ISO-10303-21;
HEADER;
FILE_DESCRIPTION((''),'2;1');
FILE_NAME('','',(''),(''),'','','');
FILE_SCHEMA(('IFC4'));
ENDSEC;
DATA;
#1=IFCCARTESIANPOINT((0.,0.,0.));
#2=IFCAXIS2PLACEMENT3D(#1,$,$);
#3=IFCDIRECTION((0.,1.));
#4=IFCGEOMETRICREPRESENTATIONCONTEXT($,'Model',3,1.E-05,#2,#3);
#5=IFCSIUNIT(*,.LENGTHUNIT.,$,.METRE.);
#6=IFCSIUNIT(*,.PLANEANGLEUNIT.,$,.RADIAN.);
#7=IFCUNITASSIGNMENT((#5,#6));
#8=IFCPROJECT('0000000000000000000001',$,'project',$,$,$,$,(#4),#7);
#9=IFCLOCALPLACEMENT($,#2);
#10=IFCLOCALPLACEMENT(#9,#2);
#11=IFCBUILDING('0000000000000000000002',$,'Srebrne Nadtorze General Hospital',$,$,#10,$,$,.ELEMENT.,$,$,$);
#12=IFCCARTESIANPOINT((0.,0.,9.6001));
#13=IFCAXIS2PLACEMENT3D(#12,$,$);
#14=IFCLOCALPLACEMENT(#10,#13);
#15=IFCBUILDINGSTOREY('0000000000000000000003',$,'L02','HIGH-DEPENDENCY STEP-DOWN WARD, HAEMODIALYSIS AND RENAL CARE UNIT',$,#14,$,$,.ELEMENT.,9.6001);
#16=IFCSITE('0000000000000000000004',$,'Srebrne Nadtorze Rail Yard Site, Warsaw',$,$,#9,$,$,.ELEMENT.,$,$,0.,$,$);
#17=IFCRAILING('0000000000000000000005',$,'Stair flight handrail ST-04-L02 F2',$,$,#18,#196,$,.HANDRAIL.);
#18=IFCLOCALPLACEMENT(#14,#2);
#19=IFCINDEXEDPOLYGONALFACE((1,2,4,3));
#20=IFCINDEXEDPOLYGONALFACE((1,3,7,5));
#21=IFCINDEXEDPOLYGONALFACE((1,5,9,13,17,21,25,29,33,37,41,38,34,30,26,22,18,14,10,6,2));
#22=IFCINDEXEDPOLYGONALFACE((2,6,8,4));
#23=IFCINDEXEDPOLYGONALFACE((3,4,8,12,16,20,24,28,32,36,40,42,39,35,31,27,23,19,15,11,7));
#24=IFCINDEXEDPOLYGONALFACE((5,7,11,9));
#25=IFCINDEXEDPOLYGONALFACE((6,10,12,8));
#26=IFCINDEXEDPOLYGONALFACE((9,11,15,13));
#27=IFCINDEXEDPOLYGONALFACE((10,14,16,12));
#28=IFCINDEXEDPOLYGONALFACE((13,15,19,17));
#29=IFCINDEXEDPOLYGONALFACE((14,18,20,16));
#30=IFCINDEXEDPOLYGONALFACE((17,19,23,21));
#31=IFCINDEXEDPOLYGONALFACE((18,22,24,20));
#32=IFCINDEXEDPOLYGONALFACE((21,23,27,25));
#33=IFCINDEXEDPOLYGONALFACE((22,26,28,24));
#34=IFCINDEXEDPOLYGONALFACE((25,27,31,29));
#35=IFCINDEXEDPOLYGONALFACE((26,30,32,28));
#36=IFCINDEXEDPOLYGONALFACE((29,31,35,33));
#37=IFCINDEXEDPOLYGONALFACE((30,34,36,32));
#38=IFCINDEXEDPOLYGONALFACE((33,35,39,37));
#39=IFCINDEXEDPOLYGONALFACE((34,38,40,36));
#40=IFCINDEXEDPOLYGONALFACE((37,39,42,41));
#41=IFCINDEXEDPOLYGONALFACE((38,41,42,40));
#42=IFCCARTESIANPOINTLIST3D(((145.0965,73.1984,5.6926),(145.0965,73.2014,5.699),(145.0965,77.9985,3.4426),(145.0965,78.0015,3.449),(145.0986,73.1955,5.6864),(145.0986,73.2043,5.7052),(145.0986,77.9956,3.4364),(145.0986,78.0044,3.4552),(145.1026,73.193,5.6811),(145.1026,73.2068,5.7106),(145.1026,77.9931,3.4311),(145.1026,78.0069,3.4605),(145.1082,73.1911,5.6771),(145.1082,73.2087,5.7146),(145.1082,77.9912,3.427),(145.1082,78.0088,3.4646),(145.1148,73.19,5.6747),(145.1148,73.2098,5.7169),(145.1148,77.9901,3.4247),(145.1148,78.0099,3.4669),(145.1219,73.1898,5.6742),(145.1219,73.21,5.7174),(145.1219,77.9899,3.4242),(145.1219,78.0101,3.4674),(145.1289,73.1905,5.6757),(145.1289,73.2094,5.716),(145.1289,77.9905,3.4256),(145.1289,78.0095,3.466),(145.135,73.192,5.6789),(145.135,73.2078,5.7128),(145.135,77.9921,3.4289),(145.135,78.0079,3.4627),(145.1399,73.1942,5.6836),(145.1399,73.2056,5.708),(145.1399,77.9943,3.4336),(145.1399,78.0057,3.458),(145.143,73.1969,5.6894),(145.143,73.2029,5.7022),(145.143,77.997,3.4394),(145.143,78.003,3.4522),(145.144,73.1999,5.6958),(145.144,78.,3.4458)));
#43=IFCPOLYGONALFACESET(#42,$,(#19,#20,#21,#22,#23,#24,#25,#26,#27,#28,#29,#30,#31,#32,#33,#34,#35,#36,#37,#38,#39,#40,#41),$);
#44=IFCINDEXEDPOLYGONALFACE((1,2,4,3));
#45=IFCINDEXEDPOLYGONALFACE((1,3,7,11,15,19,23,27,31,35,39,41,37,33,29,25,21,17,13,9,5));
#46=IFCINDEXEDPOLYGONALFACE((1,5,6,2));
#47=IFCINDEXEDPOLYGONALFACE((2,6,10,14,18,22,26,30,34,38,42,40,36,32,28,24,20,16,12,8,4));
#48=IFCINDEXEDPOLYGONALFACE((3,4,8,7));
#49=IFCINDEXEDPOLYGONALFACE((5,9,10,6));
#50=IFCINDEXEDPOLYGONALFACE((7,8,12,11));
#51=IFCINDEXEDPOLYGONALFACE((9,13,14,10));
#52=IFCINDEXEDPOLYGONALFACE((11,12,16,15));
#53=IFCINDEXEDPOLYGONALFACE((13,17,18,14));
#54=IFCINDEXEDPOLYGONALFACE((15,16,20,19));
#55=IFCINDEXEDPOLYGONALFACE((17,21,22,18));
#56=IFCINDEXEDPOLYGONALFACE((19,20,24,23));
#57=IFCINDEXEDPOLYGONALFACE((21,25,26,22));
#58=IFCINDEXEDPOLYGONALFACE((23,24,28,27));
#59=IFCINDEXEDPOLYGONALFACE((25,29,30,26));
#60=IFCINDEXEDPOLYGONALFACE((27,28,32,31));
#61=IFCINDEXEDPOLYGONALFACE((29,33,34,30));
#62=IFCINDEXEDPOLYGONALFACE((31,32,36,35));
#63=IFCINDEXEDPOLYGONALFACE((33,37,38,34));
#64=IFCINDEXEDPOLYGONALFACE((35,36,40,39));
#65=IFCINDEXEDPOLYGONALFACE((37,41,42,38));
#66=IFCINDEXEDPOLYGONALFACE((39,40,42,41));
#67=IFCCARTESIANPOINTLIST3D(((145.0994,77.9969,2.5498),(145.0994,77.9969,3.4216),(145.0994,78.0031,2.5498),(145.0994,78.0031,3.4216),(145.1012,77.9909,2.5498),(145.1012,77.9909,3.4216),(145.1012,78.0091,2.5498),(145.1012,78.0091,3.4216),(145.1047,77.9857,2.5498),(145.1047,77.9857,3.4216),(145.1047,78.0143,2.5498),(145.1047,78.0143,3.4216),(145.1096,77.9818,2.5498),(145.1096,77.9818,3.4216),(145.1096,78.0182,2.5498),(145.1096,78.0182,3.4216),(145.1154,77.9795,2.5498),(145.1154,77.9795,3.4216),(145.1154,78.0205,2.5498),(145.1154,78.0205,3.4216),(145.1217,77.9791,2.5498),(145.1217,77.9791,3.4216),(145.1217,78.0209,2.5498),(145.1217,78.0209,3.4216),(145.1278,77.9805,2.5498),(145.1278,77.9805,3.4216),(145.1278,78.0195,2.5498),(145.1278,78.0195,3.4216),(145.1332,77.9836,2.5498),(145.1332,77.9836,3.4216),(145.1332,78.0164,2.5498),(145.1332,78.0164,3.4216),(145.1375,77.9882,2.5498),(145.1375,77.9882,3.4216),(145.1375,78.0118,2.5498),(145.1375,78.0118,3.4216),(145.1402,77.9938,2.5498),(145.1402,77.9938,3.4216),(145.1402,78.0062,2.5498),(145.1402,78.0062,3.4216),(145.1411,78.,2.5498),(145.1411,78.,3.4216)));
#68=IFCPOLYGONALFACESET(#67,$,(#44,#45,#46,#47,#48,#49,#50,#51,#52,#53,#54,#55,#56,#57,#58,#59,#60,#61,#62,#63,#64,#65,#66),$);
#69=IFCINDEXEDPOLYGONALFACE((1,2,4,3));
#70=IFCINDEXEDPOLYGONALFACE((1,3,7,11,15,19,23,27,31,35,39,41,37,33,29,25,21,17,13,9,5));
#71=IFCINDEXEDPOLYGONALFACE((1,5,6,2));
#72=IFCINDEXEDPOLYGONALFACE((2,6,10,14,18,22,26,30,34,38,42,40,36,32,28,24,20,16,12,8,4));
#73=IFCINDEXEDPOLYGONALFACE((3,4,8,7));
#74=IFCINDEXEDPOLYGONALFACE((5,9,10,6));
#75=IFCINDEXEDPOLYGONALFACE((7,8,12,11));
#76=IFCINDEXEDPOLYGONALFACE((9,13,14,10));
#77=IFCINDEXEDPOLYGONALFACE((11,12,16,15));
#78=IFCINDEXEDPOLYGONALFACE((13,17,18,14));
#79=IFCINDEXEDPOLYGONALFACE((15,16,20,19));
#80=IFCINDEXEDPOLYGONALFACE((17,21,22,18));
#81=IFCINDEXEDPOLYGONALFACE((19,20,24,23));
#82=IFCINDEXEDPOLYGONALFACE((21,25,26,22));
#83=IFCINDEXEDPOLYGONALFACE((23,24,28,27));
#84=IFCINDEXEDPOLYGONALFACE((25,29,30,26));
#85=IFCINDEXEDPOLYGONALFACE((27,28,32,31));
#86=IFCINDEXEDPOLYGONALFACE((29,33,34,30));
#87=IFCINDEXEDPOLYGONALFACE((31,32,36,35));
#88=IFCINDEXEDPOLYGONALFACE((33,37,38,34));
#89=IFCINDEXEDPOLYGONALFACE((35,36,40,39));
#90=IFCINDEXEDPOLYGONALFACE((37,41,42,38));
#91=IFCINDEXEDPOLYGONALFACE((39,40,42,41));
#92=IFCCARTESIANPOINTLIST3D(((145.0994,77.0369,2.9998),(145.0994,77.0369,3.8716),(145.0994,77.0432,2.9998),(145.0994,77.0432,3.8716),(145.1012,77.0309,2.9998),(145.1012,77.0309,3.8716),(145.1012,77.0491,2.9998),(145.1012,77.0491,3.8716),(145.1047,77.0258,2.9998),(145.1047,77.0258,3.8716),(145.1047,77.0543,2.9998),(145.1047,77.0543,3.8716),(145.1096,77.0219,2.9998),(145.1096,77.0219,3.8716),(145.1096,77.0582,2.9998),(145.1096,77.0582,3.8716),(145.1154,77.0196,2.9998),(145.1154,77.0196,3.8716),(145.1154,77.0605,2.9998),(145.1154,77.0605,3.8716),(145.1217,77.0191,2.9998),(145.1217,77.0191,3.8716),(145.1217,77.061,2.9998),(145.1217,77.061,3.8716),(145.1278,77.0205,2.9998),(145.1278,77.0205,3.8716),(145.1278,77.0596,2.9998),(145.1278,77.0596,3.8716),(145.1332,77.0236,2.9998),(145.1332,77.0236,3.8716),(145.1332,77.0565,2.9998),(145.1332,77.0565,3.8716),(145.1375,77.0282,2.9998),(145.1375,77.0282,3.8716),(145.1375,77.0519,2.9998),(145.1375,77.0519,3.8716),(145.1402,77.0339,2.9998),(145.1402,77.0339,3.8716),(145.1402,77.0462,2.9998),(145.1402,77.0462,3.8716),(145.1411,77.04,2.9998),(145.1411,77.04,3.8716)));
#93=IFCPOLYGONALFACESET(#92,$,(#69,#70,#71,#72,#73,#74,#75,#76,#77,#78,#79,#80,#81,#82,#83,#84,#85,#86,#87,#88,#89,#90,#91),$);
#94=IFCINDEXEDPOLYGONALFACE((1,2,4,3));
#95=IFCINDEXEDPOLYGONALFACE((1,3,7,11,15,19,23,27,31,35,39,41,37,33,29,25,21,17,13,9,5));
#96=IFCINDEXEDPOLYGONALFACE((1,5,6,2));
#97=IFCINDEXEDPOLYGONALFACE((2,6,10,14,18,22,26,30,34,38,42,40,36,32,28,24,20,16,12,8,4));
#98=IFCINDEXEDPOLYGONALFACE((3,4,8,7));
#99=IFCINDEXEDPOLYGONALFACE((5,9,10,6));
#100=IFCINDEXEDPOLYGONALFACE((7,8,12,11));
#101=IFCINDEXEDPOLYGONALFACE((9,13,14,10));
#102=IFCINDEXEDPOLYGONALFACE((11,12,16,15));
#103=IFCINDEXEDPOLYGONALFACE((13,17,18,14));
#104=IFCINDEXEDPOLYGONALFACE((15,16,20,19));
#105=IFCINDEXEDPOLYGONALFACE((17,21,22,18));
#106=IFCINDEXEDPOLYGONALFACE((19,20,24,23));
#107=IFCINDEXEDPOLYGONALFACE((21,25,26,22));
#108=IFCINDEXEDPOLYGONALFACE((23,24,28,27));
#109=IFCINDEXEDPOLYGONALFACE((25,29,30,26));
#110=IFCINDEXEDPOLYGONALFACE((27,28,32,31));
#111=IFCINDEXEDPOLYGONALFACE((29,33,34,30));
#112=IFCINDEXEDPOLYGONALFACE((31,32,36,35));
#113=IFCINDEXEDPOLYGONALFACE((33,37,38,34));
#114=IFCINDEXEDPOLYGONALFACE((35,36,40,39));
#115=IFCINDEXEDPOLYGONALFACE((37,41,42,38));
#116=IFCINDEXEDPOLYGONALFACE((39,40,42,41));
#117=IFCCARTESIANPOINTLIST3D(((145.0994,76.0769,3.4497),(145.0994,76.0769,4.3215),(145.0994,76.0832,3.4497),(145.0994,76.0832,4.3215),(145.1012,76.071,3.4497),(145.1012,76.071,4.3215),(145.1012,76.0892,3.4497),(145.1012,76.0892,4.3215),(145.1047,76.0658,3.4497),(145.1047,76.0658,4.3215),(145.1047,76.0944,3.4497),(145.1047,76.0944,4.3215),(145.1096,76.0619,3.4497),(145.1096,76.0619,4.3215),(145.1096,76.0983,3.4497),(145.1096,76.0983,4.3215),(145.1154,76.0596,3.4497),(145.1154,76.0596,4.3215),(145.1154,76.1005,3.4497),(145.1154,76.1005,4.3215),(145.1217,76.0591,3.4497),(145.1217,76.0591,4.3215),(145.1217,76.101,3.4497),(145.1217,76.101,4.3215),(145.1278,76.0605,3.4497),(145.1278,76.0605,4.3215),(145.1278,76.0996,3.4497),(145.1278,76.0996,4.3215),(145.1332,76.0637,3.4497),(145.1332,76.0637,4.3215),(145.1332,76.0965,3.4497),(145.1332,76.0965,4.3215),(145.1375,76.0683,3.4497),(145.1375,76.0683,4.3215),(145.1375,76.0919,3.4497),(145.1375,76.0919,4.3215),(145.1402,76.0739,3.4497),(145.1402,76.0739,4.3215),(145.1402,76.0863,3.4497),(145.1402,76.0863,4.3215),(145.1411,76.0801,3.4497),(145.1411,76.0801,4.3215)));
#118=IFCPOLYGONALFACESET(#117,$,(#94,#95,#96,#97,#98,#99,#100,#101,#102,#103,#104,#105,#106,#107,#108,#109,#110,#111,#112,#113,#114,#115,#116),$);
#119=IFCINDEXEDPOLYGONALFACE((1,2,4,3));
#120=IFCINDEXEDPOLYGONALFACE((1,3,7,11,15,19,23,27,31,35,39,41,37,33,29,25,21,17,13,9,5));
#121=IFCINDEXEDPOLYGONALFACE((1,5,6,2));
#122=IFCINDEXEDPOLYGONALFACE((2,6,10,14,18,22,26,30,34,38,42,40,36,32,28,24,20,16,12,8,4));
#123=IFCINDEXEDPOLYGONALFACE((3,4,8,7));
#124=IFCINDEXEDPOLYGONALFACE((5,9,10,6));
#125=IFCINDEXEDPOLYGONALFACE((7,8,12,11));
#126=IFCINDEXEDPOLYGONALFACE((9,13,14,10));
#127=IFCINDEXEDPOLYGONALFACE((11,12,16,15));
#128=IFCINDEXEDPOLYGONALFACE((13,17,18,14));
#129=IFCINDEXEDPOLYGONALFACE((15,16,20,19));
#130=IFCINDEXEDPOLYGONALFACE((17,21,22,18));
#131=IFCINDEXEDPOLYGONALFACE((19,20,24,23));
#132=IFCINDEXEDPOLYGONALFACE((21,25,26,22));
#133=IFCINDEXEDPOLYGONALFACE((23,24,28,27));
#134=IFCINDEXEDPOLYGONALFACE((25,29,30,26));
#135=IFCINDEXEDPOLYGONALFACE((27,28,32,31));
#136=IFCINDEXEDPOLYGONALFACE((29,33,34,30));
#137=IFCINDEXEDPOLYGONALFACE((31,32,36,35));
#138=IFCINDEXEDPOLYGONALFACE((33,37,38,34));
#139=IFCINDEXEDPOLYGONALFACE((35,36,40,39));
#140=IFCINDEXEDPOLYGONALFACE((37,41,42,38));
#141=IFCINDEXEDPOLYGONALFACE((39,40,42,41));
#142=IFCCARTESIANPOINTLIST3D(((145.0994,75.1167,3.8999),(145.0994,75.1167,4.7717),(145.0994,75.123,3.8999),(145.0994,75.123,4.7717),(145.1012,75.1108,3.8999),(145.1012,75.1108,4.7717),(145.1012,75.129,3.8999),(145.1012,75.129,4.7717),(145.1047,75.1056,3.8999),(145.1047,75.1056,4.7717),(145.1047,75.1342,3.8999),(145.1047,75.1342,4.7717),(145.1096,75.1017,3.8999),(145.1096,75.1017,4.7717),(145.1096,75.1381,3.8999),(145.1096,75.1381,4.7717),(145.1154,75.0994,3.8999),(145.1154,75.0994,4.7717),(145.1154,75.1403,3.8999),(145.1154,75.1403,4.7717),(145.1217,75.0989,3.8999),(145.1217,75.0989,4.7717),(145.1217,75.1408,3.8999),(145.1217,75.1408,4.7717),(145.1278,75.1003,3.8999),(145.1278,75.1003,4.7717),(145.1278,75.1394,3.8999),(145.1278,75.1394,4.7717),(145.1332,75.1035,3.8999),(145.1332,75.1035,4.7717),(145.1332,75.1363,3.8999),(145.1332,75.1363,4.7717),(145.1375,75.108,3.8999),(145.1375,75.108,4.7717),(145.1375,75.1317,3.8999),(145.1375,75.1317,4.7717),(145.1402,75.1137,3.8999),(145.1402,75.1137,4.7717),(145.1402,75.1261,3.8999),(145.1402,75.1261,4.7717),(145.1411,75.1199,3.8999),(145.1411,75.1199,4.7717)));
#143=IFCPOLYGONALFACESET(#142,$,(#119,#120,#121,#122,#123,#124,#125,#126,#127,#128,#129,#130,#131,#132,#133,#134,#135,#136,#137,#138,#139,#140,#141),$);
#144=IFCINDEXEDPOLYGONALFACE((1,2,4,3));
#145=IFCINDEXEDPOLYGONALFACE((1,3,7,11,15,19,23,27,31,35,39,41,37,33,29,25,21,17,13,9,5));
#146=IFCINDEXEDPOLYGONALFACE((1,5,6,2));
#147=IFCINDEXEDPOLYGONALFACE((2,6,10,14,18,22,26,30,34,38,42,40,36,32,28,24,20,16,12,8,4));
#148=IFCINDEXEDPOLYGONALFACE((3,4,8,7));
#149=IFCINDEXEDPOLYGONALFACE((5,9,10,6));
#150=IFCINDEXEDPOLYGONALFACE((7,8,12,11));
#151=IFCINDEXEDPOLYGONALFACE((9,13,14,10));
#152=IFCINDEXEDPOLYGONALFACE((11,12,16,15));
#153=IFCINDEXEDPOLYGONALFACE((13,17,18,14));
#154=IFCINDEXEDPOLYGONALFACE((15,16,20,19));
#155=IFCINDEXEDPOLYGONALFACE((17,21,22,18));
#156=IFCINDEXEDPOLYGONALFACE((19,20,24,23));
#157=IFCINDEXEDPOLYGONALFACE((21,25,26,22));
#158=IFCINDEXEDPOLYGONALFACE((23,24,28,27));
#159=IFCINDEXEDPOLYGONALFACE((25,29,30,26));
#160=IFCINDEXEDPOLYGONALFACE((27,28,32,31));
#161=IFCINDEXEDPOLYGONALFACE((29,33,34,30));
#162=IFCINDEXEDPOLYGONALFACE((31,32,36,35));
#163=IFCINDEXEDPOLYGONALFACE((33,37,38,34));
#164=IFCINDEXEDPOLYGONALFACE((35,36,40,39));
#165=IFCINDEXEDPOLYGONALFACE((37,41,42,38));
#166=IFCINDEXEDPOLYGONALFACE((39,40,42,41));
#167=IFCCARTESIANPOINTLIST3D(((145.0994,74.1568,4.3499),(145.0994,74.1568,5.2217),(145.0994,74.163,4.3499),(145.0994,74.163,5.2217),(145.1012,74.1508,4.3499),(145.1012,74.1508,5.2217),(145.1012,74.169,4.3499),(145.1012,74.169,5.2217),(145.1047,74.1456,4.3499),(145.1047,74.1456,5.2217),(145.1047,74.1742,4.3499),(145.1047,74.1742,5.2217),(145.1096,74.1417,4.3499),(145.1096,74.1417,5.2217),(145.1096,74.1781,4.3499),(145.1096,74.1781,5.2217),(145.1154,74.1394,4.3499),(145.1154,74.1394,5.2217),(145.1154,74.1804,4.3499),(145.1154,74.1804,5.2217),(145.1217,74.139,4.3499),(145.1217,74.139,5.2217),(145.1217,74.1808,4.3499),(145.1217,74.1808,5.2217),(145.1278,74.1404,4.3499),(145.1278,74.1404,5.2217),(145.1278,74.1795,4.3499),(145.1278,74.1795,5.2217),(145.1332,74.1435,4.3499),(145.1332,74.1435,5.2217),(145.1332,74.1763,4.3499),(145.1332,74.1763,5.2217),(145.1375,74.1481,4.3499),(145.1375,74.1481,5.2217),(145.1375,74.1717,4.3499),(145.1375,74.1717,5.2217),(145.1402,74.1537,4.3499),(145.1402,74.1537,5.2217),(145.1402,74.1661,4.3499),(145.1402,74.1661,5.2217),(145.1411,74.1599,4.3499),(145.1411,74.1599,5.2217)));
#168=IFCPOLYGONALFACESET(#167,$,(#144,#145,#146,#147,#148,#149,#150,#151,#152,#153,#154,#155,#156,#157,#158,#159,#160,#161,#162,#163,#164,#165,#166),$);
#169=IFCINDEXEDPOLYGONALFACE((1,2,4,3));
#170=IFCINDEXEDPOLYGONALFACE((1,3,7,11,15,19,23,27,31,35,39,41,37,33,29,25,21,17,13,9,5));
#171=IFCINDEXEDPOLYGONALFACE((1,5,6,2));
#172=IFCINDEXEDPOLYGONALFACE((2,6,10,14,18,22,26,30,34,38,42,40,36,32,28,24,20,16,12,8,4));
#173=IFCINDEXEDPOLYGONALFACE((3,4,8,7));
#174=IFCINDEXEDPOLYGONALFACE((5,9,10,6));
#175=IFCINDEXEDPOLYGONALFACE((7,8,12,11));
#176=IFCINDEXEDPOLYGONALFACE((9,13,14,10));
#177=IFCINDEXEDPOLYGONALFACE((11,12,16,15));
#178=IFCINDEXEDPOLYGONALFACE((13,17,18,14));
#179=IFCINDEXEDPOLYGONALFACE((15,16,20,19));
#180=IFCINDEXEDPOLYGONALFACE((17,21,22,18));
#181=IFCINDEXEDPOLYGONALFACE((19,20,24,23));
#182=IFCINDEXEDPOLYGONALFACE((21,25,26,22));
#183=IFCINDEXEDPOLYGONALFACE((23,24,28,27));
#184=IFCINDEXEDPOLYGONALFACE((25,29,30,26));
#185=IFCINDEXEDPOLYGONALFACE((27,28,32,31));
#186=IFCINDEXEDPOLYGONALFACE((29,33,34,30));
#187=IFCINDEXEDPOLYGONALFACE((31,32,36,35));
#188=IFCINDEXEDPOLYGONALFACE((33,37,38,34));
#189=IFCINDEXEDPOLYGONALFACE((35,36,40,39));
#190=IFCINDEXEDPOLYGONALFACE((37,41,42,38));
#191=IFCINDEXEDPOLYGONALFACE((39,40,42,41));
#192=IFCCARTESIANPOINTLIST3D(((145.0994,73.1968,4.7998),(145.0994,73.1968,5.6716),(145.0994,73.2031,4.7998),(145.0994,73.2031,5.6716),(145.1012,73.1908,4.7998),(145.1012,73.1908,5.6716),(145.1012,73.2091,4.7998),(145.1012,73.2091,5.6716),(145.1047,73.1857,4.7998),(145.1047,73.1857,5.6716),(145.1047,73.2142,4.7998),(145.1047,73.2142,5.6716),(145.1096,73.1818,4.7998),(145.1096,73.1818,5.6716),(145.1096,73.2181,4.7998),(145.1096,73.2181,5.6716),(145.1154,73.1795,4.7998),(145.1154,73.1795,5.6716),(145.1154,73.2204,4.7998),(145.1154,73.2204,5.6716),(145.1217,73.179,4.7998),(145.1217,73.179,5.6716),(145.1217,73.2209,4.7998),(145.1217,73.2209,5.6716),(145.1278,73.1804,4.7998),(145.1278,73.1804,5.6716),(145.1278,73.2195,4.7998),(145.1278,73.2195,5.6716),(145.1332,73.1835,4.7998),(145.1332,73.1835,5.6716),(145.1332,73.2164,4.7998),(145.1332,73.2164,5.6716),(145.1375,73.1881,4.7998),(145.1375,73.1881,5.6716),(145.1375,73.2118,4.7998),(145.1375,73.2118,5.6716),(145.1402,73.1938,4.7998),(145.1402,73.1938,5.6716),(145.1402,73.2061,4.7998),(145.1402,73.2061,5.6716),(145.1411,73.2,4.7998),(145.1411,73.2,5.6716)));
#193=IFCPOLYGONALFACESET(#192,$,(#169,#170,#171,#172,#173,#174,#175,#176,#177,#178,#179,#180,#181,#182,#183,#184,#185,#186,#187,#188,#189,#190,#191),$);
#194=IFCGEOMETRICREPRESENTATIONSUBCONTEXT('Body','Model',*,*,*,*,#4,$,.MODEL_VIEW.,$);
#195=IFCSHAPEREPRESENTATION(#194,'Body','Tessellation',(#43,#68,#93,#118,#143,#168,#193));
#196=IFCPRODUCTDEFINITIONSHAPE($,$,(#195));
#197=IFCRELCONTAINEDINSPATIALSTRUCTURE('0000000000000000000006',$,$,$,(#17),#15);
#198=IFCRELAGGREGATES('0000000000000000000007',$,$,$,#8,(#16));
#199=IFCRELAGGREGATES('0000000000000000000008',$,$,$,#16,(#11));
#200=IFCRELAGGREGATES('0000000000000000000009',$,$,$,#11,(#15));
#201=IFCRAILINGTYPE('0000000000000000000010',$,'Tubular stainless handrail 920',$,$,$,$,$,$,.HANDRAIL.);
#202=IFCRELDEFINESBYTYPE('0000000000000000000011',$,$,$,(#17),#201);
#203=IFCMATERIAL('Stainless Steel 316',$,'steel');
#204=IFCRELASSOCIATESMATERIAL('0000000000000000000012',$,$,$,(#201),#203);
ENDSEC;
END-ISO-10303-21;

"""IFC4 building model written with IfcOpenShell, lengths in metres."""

from ifc_helpers import new_model, si_unit, direction, frame, origin, origin_2d, place, context, subcontext, project, spatial, circle, extrude, material, type_object, element, save


model = new_model("IFC4")

# Units and contexts
model_context = context("Model", 3, precision=1e-05, world=origin(), true_north=direction((0.0, 1.0)))
body_context = subcontext(model_context, "Body", "Model", "MODEL_VIEW")
ifc_project = project(units=[si_unit("LENGTHUNIT", "METRE"), si_unit("PLANEANGLEUNIT", "RADIAN")], contexts=[model_context])

# Site, building, storey
site_placement = place(None, origin())
site = spatial("IfcSite", under=ifc_project, at=site_placement, Name="Srebrne Nadtorze Rail Yard Site, Warsaw", CompositionType="ELEMENT", RefElevation=0.0)
building_placement = place(site_placement, origin())
building = spatial("IfcBuilding", under=site, at=building_placement, Name="Srebrne Nadtorze General Hospital", CompositionType="ELEMENT")
storey_placement = place(building_placement, frame((0.0, 0.0, 9.6001)))
storey = spatial("IfcBuildingStorey", under=building, at=storey_placement, Name="L02", Description="HIGH-DEPENDENCY STEP-DOWN WARD, HAEMODIALYSIS AND RENAL CARE UNIT", CompositionType="ELEMENT", Elevation=9.6001)

# Railing
ifc_material_1 = material(Name="Stainless Steel 316", Category="steel")
railing_type = type_object("IfcRailingType", Name="Tubular stainless handrail 920", PredefinedType="HANDRAIL", material=ifc_material_1)
railing_placement = place(storey_placement, frame((145.1201, 78.0, 2.5498)))
element("IfcRailing", 1, at=railing_placement, inside=storey, type_object=railing_type, Name="Stair flight handrail ST-04-L02 F2", PredefinedType="HANDRAIL", context=body_context, shape_type="SweptSolid", body=[
    extrude(circle(Radius=0.0239, at=origin_2d()), frame((0.0, 0.0, 0.896), z_axis=(0.0, -0.905461, 0.42443), x_axis=(1.0, 0.0, 0.0)), (0.0, 0.0, 1.0), 5.3013),
    extrude(circle(Radius=0.021, at=origin_2d()), origin(), (0.0, 0.0, 1.0), 0.8718),
    extrude(circle(Radius=0.021, at=origin_2d()), frame((0.0, -0.96, 0.45)), (0.0, 0.0, 1.0), 0.8718),
    extrude(circle(Radius=0.021, at=origin_2d()), frame((0.0, -1.9199, 0.8999)), (0.0, 0.0, 1.0), 0.8718),
    extrude(circle(Radius=0.021, at=origin_2d()), frame((0.0, -2.8801, 1.3501)), (0.0, 0.0, 1.0), 0.8718),
    extrude(circle(Radius=0.021, at=origin_2d()), frame((0.0, -3.8401, 1.8)), (0.0, 0.0, 1.0), 0.8718),
    extrude(circle(Radius=0.021, at=origin_2d()), frame((0.0, -4.8, 2.25)), (0.0, 0.0, 1.0), 0.8718),
])

save(model, "model.ifc")
